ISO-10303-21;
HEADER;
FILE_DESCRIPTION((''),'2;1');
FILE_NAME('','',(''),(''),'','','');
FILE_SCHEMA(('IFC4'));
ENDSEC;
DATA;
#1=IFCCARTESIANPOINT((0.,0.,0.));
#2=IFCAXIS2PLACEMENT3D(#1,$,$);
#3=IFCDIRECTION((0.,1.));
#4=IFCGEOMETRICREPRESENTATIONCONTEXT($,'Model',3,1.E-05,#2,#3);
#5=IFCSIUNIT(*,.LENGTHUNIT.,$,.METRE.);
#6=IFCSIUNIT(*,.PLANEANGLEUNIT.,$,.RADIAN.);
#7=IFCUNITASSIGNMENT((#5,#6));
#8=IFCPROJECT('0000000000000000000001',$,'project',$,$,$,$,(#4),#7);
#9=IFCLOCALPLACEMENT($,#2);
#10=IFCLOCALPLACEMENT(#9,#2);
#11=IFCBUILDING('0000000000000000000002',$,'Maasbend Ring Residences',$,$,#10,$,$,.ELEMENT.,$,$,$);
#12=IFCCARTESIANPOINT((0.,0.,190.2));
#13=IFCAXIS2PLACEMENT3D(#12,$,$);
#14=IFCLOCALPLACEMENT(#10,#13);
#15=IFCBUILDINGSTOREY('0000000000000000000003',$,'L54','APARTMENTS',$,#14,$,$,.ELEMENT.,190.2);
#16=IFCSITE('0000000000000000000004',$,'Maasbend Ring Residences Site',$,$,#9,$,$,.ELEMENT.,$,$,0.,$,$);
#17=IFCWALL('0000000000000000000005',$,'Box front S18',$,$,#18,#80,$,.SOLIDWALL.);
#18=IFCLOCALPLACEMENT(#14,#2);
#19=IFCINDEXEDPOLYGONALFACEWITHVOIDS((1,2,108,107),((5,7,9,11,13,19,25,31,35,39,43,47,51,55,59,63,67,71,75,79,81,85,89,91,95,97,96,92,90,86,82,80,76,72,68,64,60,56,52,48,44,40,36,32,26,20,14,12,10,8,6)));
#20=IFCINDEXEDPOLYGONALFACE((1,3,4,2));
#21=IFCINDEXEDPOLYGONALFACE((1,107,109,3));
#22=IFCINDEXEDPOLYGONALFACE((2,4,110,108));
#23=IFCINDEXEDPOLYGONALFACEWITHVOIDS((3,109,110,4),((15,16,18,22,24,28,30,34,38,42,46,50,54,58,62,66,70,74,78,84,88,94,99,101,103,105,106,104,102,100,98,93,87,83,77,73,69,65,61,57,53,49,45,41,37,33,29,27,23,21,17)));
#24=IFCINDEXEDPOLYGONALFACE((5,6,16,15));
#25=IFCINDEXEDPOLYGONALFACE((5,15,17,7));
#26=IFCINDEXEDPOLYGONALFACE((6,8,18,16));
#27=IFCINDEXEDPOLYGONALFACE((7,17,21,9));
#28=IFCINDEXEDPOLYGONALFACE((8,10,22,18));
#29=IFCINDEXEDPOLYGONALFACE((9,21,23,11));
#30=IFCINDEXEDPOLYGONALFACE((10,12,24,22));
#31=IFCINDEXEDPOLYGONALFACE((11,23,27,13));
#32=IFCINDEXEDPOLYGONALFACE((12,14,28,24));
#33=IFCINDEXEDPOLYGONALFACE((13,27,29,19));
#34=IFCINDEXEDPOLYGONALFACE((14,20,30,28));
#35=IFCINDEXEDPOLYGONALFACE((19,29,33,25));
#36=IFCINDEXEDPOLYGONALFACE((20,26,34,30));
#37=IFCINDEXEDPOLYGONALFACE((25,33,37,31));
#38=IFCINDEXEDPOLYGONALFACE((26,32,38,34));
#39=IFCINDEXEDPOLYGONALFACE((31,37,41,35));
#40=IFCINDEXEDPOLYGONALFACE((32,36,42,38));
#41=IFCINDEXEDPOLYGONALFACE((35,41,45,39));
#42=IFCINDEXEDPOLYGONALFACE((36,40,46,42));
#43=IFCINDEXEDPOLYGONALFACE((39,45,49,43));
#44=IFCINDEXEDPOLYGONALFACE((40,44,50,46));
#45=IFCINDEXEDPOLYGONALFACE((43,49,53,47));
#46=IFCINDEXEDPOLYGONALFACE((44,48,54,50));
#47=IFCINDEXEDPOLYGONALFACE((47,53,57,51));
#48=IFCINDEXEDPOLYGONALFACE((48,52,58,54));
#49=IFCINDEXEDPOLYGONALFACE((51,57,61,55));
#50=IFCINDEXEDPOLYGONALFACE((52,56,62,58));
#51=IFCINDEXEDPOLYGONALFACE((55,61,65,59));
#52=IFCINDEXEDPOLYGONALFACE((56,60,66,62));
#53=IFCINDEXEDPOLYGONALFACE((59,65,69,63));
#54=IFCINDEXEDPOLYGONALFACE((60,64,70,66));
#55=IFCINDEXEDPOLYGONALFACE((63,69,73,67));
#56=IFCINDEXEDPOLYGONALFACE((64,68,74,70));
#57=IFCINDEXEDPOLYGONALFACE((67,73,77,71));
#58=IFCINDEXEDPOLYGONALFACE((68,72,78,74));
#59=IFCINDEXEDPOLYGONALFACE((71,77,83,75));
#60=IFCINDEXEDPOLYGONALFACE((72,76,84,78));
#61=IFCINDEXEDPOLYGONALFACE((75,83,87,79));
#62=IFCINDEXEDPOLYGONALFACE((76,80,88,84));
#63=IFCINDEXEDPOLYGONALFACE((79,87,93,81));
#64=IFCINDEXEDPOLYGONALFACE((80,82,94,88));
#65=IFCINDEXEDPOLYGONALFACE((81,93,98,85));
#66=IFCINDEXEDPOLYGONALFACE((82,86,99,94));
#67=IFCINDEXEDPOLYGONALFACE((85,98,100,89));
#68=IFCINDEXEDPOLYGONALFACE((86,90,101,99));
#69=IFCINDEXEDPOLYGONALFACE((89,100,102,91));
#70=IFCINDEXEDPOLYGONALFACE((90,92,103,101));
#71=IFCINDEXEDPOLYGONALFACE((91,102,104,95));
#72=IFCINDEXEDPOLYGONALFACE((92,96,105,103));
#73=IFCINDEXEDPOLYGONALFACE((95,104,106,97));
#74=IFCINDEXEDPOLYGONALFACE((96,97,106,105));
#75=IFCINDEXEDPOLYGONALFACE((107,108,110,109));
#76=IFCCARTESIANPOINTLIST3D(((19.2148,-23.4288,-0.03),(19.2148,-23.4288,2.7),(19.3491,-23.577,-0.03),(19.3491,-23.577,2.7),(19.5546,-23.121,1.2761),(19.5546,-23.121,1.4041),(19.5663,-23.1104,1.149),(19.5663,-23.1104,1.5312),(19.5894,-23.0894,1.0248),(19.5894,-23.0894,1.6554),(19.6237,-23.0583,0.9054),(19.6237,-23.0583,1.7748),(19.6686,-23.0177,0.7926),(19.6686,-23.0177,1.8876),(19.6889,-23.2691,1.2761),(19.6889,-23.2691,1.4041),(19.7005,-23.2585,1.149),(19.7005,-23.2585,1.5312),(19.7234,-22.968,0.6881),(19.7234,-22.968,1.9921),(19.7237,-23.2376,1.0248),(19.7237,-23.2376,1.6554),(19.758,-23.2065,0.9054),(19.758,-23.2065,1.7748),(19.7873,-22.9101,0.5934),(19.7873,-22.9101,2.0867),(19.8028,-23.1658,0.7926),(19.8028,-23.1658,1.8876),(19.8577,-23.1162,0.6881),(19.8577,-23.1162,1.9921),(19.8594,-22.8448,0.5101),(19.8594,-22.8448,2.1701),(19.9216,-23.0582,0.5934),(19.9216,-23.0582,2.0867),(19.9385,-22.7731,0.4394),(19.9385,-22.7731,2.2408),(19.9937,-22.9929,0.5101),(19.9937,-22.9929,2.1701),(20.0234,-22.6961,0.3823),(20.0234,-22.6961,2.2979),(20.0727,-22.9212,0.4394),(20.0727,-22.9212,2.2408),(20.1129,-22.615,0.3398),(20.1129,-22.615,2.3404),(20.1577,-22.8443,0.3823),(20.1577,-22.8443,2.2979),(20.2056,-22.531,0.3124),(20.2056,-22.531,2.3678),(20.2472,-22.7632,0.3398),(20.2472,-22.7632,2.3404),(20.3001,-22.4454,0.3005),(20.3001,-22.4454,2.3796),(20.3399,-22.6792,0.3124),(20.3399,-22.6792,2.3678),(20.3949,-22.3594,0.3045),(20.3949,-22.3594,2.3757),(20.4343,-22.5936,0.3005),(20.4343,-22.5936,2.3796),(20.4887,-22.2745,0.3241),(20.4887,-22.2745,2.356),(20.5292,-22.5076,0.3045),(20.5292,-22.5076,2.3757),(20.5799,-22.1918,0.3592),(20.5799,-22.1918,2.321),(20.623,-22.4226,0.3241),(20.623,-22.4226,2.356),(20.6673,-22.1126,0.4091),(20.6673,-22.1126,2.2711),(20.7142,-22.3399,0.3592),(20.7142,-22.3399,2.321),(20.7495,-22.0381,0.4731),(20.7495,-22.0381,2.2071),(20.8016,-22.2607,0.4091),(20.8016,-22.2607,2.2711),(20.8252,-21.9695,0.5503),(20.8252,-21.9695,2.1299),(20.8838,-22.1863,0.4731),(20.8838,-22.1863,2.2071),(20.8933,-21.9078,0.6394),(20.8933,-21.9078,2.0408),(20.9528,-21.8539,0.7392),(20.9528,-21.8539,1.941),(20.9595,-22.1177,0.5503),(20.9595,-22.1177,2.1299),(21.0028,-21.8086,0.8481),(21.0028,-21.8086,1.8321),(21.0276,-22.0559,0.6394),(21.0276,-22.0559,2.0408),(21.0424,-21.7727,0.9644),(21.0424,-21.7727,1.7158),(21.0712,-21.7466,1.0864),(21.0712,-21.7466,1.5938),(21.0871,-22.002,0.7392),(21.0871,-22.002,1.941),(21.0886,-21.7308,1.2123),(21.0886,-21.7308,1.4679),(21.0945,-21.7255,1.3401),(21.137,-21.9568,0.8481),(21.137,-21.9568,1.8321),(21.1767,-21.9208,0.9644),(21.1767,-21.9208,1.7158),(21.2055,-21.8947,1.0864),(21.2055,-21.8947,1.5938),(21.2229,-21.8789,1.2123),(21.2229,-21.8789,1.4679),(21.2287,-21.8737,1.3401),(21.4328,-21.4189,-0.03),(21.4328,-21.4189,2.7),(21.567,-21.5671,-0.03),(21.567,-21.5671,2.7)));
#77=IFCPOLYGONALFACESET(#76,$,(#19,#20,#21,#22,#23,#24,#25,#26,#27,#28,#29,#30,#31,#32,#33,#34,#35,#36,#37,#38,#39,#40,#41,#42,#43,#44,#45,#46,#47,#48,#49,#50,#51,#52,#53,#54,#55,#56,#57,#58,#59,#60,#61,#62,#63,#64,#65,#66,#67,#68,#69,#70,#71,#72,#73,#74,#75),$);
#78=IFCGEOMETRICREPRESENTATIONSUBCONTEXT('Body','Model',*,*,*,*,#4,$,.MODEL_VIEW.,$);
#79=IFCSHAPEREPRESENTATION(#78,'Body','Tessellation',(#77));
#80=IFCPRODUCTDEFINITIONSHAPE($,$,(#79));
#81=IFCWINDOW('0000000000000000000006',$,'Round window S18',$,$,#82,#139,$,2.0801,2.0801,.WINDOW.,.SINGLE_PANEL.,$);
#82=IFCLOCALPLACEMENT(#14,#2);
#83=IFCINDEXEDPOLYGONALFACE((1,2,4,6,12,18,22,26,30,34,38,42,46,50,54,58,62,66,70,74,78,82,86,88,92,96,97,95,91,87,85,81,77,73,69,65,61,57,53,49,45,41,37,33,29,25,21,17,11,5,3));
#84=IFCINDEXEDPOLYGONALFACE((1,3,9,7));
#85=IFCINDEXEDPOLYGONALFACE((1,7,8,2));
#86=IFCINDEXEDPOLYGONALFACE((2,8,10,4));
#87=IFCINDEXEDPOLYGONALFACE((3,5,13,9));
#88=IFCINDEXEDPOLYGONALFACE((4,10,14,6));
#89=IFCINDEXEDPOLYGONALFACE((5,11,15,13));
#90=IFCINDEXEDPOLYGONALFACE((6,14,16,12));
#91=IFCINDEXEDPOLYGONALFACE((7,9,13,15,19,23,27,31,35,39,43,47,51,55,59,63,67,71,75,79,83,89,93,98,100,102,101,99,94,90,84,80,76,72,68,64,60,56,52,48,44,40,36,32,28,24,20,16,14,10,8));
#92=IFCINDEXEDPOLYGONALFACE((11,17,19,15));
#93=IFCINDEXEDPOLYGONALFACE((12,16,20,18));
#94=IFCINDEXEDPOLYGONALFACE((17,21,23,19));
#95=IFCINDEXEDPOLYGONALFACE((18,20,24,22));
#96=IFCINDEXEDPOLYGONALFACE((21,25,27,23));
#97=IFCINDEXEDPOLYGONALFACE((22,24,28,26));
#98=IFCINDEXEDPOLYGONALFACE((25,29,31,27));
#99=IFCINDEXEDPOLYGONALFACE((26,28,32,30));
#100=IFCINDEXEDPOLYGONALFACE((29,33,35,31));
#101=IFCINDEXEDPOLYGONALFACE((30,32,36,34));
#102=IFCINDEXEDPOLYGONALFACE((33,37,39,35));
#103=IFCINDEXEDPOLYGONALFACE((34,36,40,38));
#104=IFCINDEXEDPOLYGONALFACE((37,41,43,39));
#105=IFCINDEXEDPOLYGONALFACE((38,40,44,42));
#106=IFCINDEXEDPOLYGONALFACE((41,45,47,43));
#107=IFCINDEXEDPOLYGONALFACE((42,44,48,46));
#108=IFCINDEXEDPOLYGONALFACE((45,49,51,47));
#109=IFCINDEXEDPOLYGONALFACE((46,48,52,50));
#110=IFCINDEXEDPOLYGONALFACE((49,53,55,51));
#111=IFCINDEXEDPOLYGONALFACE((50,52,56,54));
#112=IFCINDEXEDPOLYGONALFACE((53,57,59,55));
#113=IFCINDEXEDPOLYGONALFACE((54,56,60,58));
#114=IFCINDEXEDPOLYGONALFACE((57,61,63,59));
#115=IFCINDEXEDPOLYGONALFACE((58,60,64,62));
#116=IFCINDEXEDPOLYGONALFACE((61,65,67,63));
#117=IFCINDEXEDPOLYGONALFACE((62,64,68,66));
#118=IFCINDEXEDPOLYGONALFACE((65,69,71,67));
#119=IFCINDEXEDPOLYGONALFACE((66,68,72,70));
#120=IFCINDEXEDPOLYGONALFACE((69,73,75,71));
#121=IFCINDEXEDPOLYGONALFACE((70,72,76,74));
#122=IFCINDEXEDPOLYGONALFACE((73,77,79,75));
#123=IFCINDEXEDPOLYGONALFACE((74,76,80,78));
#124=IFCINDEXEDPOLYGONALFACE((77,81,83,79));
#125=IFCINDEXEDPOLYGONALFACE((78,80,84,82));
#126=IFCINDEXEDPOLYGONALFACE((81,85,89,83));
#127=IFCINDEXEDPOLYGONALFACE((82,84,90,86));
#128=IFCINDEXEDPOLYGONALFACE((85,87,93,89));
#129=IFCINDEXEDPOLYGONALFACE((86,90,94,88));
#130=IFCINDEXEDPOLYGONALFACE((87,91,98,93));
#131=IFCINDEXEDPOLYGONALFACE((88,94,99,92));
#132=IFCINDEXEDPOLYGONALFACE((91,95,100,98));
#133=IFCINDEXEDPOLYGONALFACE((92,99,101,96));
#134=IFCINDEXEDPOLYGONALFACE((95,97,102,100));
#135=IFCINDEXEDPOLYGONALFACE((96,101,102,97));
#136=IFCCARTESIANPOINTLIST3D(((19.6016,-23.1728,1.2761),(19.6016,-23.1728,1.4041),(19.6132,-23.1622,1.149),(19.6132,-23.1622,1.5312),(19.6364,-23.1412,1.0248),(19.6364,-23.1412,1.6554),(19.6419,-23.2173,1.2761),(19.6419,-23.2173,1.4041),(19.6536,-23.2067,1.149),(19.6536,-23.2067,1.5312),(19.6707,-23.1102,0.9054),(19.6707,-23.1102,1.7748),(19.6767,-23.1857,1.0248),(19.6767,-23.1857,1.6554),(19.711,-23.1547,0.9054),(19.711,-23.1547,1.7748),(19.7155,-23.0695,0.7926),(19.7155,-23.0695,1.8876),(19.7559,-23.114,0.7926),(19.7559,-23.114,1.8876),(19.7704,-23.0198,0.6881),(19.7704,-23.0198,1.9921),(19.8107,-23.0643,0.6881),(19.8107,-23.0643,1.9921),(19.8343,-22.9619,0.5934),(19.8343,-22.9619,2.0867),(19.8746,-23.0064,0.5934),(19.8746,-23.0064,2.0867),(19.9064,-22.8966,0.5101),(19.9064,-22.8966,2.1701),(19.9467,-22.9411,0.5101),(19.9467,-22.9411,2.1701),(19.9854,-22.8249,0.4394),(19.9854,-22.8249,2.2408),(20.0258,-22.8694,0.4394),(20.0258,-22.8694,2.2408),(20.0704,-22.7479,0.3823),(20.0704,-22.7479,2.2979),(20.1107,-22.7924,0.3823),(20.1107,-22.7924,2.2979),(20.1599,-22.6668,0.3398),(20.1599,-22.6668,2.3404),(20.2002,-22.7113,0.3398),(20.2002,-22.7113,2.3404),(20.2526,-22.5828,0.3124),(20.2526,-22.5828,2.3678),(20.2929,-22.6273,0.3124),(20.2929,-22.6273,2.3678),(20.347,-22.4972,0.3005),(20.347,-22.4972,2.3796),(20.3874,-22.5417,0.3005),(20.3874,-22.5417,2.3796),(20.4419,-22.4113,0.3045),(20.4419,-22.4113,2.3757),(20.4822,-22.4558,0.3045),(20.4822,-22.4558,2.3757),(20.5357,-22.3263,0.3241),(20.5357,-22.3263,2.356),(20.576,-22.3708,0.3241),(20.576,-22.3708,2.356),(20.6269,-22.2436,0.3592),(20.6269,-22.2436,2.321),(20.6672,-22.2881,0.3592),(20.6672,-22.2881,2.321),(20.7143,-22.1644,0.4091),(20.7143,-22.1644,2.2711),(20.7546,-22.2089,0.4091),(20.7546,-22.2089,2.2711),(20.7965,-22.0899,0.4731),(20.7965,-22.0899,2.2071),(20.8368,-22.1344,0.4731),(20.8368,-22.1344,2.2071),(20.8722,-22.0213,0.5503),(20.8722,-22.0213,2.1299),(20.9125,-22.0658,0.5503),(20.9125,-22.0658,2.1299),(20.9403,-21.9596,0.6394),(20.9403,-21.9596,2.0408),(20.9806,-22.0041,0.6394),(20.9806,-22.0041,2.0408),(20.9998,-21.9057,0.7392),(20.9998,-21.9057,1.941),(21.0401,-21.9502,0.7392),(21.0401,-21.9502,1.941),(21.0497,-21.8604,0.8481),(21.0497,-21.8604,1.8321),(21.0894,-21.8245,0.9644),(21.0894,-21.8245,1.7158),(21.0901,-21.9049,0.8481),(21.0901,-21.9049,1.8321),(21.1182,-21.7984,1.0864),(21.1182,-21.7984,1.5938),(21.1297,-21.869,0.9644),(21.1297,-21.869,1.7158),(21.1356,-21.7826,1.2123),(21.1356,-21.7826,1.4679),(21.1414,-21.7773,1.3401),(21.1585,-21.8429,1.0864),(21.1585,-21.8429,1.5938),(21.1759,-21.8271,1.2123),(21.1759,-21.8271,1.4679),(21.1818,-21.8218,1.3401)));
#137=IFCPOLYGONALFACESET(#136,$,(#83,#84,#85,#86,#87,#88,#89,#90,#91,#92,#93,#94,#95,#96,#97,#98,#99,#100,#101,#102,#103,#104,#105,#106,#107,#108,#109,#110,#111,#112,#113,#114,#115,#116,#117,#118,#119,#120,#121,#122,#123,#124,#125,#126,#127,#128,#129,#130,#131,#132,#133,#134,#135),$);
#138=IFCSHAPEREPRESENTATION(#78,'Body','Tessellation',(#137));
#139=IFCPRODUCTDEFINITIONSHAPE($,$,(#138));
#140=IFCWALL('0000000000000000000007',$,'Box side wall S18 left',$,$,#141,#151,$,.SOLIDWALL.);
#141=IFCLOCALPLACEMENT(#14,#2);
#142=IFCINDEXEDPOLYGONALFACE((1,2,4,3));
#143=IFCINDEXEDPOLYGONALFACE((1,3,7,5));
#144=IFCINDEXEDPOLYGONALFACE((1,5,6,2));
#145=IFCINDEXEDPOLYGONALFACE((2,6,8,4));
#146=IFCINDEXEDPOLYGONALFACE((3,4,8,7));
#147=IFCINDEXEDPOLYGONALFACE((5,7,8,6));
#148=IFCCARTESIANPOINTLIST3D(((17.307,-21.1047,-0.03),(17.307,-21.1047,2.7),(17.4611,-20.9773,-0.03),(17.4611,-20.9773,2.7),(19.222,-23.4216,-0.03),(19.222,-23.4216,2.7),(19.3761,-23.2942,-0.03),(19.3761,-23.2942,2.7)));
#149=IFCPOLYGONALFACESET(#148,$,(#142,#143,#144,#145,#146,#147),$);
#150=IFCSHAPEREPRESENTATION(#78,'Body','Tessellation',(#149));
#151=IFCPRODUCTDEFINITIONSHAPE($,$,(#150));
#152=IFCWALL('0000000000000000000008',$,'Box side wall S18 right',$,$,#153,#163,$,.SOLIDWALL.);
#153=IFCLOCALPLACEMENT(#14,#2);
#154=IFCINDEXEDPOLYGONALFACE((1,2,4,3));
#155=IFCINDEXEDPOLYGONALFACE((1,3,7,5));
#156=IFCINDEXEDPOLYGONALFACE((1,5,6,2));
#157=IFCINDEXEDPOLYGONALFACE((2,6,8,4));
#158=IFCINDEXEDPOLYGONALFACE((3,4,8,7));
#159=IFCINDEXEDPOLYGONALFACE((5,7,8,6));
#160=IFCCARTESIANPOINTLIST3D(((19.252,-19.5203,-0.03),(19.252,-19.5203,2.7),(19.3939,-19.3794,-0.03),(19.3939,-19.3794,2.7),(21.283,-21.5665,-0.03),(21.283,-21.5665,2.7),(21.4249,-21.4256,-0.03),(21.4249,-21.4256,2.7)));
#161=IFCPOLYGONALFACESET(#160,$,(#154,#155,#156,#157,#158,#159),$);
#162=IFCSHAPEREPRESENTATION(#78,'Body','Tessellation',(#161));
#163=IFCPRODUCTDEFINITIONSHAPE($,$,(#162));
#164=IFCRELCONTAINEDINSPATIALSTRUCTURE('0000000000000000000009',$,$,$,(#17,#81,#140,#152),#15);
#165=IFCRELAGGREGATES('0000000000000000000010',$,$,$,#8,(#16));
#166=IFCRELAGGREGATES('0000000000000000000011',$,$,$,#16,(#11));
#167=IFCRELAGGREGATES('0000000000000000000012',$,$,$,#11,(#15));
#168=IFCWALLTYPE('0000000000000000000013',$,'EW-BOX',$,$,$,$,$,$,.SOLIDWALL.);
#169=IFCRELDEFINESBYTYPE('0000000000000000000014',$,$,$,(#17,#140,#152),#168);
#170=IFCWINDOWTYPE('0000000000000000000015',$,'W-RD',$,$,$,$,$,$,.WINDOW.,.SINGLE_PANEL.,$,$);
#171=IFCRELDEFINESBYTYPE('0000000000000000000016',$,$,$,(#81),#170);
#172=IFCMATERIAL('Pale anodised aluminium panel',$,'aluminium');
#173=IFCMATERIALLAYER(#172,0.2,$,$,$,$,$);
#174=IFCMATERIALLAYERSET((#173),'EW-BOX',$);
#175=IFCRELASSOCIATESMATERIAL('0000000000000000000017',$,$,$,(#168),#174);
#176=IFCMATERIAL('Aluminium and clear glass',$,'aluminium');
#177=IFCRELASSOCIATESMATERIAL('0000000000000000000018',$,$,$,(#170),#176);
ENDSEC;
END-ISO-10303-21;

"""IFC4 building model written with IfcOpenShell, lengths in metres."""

from ifc_helpers import new_model, si_unit, direction, frame, frame_2d, origin, place, context, subcontext, project, spatial, rectangle, circle, extrude, material, layer, layer_set, type_object, element, fill, save


model = new_model("IFC4")

# Units and contexts
model_context = context("Model", 3, precision=1e-05, world=origin(), true_north=direction((0.0, 1.0)))
body_context = subcontext(model_context, "Body", "Model", "MODEL_VIEW")
ifc_project = project(units=[si_unit("LENGTHUNIT", "METRE"), si_unit("PLANEANGLEUNIT", "RADIAN")], contexts=[model_context])

# Site, building, storey
site_placement = place(None, origin())
site = spatial("IfcSite", under=ifc_project, at=site_placement, Name="Maasbend Ring Residences Site", CompositionType="ELEMENT", RefElevation=0.0)
building_placement = place(site_placement, origin())
building = spatial("IfcBuilding", under=site, at=building_placement, Name="Maasbend Ring Residences", CompositionType="ELEMENT")
storey_placement = place(building_placement, frame((0.0, 0.0, 190.2)))
storey = spatial("IfcBuildingStorey", under=building, at=storey_placement, Name="L54", Description="APARTMENTS", CompositionType="ELEMENT", Elevation=190.2)

# Shared definitions
ifc_material_1 = material(Name="Pale anodised aluminium panel", Category="aluminium")
ifc_layer_1 = layer(ifc_material_1, 0.2)
ifc_layer_set_1 = layer_set([ifc_layer_1], Name="EW-BOX")
wall_type_1 = type_object("IfcWallType", Name="EW-BOX", PredefinedType="SOLIDWALL", material=ifc_layer_set_1)
ifc_material_2 = material(Name="Aluminium and clear glass", Category="aluminium")
window_type_1 = type_object("IfcWindowType", Name="W-RD", PartitioningType="SINGLE_PANEL", PredefinedType="WINDOW", material=ifc_material_2)

# Wall, opening, window
wall_1_placement = place(storey_placement, frame((19.282, -23.5029, -0.03), z_axis=(0.0, 0.0, 1.0), x_axis=(0.740998, 0.671507, 0.0)))
wall_1 = element("IfcWall", 1, at=wall_1_placement, inside=storey, type_object=wall_type_1, Name="Box front S18", PredefinedType="SOLIDWALL", context=body_context, shape_type="SweptSolid", body=[
    extrude(rectangle(XDim=2.9932, YDim=0.2, at=frame_2d((1.4966, 0.0))), origin(), (0.0, 0.0, 1.0), 2.73),
])
opening_1_placement = place(wall_1_placement, frame((0.4565, 0.0, 0.3301)))
opening_1 = element("IfcOpeningElement", 2, at=opening_1_placement, cuts=wall_1, PredefinedType="OPENING", context=body_context, shape_type="SweptSolid", body=[
    extrude(circle(Radius=1.04, at=frame_2d((1.04, 1.04))), frame((0.0, 0.1099, 0.0), z_axis=(0.0, -1.0, 0.0), x_axis=(1.0, 0.0, 0.0)), (0.0, 0.0, 1.0), 0.22),
])
window_1_placement = place(opening_1_placement, origin())
window_1 = element("IfcWindow", 3, at=window_1_placement, inside=storey, type_object=window_type_1, Name="Round window S18", OverallHeight=2.0801, OverallWidth=2.0801, PartitioningType="SINGLE_PANEL", PredefinedType="WINDOW", context=body_context, shape_type="SweptSolid", body=[
    extrude(circle(Radius=1.04, at=frame_2d((1.04, 1.04))), frame((0.0, 0.03, 0.0), z_axis=(0.0, -1.0, 0.0), x_axis=(1.0, 0.0, 0.0)), (0.0, 0.0, 1.0), 0.0601),
])
fill(opening_1, window_1)

# Walls
wall_2_placement = place(storey_placement, frame((17.384, -21.041, -0.03), z_axis=(0.0, 0.0, 1.0), x_axis=(0.637096, -0.770785, 0.0)))
element("IfcWall", 4, at=wall_2_placement, inside=storey, type_object=wall_type_1, Name="Box side wall S18 left", PredefinedType="SOLIDWALL", context=body_context, shape_type="SweptSolid", body=[
    extrude(rectangle(XDim=3.0059, YDim=0.2, at=frame_2d((1.5029, 0.0))), origin(), (0.0, 0.0, 1.0), 2.73),
])
wall_3_placement = place(storey_placement, frame((19.323, -19.45, -0.03), z_axis=(0.0, 0.0, 1.0), x_axis=(0.704477, -0.709727, 0.0)))
element("IfcWall", 5, at=wall_3_placement, inside=storey, type_object=wall_type_1, Name="Box side wall S18 right", PredefinedType="SOLIDWALL", context=body_context, shape_type="SweptSolid", body=[
    extrude(rectangle(XDim=2.8831, YDim=0.2, at=frame_2d((1.4414, 0.0))), origin(), (0.0, 0.0, 1.0), 2.73),
])

save(model, "model.ifc")
